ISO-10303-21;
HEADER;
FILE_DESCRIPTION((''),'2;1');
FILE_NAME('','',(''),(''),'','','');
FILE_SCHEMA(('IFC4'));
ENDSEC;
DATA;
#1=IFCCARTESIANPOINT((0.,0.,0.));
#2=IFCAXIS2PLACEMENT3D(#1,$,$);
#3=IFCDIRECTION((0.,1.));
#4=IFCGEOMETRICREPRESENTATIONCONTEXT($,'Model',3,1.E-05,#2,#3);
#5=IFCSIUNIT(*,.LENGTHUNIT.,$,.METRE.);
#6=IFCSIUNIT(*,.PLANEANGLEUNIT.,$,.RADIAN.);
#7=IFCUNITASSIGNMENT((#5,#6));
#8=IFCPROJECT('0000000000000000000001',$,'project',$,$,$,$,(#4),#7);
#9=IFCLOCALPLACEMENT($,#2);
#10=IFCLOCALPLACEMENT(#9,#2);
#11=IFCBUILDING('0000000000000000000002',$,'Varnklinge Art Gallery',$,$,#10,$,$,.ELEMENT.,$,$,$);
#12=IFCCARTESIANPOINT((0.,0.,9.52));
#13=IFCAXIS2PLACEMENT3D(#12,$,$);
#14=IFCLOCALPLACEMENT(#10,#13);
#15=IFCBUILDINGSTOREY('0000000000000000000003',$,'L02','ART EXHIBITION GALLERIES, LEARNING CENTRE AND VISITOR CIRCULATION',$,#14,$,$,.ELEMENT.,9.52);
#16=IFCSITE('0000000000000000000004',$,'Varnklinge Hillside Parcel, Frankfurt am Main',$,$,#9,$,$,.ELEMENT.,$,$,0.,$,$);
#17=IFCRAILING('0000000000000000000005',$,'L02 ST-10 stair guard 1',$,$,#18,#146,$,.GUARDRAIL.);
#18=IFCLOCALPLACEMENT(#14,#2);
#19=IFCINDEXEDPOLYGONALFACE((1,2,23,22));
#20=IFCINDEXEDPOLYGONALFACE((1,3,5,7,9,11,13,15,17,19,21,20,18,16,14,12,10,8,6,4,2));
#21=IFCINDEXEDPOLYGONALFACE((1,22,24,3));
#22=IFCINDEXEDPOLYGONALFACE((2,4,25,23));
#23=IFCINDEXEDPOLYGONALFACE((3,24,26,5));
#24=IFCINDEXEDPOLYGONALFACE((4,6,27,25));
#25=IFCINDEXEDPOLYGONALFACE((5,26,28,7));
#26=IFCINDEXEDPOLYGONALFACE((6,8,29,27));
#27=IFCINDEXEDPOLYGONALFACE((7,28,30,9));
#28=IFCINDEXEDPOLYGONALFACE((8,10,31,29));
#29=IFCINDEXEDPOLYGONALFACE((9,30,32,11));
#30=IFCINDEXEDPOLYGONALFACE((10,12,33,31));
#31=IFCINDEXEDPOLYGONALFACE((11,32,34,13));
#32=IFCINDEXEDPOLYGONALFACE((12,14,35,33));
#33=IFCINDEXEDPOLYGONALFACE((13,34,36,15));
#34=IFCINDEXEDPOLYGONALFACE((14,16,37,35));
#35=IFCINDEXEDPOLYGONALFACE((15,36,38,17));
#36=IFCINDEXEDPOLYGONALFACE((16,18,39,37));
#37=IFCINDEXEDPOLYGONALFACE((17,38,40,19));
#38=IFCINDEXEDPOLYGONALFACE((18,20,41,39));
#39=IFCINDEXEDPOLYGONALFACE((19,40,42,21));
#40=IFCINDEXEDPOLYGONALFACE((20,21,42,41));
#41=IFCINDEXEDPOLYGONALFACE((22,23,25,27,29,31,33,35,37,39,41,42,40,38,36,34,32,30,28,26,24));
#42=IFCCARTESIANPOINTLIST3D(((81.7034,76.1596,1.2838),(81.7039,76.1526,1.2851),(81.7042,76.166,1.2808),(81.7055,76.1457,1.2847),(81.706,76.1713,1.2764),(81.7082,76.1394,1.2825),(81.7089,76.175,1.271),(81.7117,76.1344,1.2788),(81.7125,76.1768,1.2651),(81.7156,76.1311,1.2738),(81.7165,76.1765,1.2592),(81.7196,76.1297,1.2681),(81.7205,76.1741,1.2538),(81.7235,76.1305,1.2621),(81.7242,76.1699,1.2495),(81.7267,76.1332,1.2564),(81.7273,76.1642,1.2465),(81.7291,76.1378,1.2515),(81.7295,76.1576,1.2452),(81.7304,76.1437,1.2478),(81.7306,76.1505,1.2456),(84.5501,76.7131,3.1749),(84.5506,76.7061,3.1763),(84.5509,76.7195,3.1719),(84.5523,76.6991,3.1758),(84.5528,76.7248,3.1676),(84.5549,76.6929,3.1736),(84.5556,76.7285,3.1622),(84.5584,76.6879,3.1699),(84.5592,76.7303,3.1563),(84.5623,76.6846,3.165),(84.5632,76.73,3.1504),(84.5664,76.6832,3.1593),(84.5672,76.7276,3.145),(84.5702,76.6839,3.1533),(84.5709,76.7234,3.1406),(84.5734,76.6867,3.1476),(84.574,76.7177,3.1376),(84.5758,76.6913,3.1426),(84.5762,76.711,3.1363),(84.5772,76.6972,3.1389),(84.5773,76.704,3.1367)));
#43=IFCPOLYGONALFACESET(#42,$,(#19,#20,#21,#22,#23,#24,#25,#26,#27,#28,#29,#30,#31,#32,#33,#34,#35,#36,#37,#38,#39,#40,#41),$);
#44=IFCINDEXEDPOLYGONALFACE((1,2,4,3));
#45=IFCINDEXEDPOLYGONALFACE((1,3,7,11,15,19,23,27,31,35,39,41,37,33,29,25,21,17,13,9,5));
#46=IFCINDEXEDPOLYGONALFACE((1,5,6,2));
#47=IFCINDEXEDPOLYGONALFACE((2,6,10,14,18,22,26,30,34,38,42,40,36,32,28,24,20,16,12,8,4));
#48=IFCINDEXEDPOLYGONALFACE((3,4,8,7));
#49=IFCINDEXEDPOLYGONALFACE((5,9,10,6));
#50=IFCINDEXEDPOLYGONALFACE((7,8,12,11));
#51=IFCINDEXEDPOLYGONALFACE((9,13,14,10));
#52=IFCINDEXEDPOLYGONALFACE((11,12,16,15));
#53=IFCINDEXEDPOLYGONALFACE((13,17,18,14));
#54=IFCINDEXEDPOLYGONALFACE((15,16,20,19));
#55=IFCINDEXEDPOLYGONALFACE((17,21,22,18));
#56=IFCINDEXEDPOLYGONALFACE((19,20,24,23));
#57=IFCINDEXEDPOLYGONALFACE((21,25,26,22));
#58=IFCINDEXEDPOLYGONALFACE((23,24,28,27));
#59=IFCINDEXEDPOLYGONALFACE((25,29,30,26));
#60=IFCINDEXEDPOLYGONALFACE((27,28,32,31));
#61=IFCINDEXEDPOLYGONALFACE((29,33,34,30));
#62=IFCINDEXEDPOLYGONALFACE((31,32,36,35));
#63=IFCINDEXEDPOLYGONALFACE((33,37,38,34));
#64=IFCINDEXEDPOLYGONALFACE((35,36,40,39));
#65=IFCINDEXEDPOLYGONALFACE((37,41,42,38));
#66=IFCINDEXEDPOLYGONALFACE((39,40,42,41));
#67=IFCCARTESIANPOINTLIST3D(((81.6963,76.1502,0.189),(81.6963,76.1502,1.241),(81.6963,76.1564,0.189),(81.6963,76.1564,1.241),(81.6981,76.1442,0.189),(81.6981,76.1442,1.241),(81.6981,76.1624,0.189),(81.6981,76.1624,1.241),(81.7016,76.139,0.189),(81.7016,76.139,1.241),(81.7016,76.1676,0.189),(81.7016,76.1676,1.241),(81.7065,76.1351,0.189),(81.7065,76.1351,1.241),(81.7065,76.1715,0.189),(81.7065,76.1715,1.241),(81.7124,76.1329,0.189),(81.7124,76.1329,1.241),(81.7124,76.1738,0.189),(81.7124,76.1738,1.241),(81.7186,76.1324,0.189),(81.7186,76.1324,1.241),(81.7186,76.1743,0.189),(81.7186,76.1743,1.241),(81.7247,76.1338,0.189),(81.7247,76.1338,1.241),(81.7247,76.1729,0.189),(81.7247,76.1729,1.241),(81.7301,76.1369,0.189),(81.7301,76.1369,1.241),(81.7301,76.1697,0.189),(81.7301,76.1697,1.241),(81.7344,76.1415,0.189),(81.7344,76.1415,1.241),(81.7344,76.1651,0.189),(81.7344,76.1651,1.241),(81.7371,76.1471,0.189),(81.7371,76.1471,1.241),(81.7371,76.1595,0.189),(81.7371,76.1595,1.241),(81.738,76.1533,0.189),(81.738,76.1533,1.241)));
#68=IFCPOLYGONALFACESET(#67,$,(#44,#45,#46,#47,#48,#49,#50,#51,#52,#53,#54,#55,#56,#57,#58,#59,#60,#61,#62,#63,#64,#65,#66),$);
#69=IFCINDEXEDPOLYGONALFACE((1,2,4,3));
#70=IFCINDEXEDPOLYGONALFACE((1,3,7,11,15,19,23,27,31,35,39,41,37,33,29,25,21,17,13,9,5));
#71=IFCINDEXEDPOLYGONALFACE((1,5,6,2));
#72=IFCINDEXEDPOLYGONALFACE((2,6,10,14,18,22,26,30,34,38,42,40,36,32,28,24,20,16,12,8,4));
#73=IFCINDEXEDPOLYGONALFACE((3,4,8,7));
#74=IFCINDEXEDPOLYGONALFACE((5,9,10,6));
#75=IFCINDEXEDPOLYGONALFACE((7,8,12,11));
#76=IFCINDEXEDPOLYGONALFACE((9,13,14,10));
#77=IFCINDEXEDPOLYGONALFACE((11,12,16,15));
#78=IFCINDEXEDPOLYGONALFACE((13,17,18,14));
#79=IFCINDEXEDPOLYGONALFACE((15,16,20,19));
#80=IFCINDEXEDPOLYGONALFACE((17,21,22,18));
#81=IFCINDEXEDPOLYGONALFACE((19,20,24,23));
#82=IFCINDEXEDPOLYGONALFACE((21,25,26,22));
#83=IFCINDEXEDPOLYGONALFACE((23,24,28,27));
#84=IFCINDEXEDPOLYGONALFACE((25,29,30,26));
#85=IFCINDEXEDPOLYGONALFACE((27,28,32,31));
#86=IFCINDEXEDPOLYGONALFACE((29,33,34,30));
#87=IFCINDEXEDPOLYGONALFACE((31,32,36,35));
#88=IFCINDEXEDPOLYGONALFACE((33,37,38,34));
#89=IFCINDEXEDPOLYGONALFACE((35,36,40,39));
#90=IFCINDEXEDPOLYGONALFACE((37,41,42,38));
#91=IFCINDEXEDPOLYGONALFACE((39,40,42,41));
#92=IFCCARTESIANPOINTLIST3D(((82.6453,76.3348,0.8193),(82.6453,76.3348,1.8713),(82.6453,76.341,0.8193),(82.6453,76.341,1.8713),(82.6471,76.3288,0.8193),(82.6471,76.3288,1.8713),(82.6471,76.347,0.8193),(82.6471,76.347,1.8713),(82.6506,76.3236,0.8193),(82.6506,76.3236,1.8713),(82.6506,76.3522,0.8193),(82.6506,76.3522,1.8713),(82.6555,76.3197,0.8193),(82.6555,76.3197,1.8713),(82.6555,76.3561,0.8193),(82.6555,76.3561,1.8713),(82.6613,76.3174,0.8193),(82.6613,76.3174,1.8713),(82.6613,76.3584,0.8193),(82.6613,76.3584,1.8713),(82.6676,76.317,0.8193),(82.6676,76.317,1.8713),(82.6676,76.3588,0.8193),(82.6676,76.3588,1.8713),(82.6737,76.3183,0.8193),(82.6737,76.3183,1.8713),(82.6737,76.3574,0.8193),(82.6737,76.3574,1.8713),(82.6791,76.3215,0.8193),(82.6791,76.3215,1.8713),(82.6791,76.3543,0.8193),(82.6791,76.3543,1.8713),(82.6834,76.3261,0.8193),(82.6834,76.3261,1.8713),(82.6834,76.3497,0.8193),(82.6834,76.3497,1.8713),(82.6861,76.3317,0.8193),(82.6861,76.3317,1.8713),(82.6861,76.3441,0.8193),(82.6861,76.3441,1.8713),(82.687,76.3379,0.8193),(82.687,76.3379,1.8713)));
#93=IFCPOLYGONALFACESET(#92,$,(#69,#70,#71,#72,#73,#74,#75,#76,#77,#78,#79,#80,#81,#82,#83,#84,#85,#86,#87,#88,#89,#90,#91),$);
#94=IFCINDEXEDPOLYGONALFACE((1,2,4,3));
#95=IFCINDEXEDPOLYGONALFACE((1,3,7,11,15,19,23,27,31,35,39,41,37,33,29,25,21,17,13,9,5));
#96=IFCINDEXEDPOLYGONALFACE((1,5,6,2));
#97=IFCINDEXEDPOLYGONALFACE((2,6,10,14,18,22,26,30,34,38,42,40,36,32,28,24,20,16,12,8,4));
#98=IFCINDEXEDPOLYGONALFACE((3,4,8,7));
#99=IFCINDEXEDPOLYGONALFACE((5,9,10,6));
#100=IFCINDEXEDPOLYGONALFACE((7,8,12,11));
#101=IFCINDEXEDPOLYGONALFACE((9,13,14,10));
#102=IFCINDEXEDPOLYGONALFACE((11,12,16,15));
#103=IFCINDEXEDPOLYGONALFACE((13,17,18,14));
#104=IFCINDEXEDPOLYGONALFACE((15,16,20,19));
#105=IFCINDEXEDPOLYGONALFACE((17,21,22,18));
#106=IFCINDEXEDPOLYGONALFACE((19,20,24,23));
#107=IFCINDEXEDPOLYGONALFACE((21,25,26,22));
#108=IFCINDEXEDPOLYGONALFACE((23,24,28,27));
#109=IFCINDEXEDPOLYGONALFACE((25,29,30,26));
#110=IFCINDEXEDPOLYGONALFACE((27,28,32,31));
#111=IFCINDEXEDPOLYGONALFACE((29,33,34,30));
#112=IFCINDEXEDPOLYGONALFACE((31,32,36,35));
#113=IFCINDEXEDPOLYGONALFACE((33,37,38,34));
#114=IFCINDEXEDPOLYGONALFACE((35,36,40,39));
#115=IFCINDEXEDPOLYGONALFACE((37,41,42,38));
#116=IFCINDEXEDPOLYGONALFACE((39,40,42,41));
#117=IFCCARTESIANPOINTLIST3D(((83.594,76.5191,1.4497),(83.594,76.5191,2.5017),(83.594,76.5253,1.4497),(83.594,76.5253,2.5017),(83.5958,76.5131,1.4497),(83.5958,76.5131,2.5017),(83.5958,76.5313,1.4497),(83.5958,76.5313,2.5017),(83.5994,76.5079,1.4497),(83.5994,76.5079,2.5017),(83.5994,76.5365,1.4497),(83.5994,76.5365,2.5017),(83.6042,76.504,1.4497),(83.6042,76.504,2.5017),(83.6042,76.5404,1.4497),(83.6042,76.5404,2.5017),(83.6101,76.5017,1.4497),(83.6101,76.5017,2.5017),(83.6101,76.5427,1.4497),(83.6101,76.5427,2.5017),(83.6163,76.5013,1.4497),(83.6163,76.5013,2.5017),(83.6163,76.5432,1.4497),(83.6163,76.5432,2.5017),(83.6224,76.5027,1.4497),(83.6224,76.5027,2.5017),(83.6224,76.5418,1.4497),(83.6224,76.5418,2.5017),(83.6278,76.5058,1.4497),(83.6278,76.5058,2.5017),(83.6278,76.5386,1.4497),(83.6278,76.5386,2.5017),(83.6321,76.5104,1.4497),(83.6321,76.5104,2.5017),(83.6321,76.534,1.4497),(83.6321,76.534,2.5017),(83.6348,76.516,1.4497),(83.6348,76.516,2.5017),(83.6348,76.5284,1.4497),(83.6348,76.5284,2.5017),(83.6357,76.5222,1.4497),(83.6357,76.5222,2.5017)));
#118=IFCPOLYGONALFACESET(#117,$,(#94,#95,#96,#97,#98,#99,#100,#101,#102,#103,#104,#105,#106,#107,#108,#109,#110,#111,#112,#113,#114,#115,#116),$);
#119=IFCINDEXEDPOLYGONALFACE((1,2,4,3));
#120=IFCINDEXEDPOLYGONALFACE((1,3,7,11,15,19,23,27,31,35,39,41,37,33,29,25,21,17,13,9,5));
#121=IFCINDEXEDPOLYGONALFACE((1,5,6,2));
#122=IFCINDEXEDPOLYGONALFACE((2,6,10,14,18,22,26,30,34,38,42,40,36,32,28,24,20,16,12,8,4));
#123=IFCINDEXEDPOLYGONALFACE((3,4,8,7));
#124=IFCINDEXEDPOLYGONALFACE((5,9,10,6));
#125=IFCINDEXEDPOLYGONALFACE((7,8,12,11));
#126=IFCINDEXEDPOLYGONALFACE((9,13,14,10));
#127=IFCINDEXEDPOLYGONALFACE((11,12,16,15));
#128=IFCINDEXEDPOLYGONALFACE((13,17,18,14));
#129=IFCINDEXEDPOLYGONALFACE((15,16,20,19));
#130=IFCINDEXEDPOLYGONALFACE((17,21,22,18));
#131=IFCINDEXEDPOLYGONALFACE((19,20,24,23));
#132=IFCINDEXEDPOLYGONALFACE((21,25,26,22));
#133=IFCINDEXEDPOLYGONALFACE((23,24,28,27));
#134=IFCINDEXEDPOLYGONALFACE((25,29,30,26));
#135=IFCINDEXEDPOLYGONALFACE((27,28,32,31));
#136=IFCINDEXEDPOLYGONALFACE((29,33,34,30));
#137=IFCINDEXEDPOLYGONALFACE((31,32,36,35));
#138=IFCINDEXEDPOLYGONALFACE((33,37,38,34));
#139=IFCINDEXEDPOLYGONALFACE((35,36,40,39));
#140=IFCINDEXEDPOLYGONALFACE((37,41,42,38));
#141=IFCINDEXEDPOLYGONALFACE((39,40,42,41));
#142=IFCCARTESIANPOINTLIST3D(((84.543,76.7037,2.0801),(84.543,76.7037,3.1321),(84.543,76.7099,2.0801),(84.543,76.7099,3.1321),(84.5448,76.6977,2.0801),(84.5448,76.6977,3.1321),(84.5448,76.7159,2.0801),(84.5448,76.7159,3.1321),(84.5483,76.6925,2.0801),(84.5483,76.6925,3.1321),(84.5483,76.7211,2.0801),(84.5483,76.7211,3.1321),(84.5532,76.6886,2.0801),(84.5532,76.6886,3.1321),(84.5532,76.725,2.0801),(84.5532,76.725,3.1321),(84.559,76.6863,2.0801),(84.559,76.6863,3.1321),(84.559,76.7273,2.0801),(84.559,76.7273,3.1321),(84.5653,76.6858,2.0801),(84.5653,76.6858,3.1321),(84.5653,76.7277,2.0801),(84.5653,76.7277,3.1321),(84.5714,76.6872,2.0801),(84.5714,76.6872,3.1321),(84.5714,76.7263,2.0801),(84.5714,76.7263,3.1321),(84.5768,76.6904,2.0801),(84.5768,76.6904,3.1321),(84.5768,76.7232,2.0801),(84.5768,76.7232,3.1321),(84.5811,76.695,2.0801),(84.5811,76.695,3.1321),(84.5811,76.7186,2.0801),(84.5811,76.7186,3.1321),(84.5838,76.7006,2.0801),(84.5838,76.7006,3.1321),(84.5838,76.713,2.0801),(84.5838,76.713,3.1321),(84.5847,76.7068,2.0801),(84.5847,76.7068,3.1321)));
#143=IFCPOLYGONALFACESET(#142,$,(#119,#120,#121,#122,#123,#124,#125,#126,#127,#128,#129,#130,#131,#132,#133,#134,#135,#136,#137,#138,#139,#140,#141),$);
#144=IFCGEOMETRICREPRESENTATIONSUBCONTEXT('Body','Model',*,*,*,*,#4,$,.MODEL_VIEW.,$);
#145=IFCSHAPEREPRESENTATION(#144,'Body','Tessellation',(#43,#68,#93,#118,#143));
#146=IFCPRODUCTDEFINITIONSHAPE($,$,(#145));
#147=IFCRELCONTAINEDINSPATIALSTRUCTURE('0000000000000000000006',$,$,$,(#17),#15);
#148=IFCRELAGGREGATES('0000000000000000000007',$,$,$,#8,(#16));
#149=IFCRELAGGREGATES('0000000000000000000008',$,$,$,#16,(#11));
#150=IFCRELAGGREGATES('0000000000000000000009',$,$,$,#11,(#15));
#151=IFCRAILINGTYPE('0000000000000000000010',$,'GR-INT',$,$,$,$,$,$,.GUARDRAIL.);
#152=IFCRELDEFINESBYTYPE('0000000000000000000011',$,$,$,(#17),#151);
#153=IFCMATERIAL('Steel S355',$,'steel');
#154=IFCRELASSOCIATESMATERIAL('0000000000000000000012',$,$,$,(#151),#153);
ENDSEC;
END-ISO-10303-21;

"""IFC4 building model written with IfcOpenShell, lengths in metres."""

from ifc_helpers import new_model, si_unit, direction, frame, origin, origin_2d, place, context, subcontext, project, spatial, circle, extrude, material, type_object, element, save


model = new_model("IFC4")

# Units and contexts
model_context = context("Model", 3, precision=1e-05, world=origin(), true_north=direction((0.0, 1.0)))
body_context = subcontext(model_context, "Body", "Model", "MODEL_VIEW")
ifc_project = project(units=[si_unit("LENGTHUNIT", "METRE"), si_unit("PLANEANGLEUNIT", "RADIAN")], contexts=[model_context])

# Site, building, storey
site_placement = place(None, origin())
site = spatial("IfcSite", under=ifc_project, at=site_placement, Name="Varnklinge Hillside Parcel, Frankfurt am Main", CompositionType="ELEMENT", RefElevation=0.0)
building_placement = place(site_placement, origin())
building = spatial("IfcBuilding", under=site, at=building_placement, Name="Varnklinge Art Gallery", CompositionType="ELEMENT")
storey_placement = place(building_placement, frame((0.0, 0.0, 9.52)))
storey = spatial("IfcBuildingStorey", under=building, at=storey_placement, Name="L02", Description="ART EXHIBITION GALLERIES, LEARNING CENTRE AND VISITOR CIRCULATION", CompositionType="ELEMENT", Elevation=9.52)

# Railing
ifc_material_1 = material(Name="Steel S355", Category="steel")
railing_type_1 = type_object("IfcRailingType", Name="GR-INT", PredefinedType="GUARDRAIL", material=ifc_material_1)
railing_1_placement = place(storey_placement, frame((81.717, 76.1533, 0.189)))
element("IfcRailing", 1, at=railing_1_placement, inside=storey, type_object=railing_type_1, Name="L02 ST-10 stair guard 1", PredefinedType="GUARDRAIL", context=body_context, shape_type="SweptSolid", body=[
    extrude(circle(Radius=0.0239, at=origin_2d()), frame((0.0, 0.0, 1.0762), z_axis=(0.822238, 0.159864, 0.546231), x_axis=(-0.190852, 0.981619, 0.0)), (0.0, 0.0, 1.0), 3.4622),
    extrude(circle(Radius=0.021, at=origin_2d()), origin(), (0.0, 0.0, 1.0), 1.052),
    extrude(circle(Radius=0.021, at=origin_2d()), frame((0.949, 0.1846, 0.6304)), (0.0, 0.0, 1.0), 1.052),
    extrude(circle(Radius=0.021, at=origin_2d()), frame((1.8977, 0.3689, 1.2607)), (0.0, 0.0, 1.0), 1.052),
    extrude(circle(Radius=0.021, at=origin_2d()), frame((2.8467, 0.5535, 1.8911)), (0.0, 0.0, 1.0), 1.052),
])

save(model, "model.ifc")
